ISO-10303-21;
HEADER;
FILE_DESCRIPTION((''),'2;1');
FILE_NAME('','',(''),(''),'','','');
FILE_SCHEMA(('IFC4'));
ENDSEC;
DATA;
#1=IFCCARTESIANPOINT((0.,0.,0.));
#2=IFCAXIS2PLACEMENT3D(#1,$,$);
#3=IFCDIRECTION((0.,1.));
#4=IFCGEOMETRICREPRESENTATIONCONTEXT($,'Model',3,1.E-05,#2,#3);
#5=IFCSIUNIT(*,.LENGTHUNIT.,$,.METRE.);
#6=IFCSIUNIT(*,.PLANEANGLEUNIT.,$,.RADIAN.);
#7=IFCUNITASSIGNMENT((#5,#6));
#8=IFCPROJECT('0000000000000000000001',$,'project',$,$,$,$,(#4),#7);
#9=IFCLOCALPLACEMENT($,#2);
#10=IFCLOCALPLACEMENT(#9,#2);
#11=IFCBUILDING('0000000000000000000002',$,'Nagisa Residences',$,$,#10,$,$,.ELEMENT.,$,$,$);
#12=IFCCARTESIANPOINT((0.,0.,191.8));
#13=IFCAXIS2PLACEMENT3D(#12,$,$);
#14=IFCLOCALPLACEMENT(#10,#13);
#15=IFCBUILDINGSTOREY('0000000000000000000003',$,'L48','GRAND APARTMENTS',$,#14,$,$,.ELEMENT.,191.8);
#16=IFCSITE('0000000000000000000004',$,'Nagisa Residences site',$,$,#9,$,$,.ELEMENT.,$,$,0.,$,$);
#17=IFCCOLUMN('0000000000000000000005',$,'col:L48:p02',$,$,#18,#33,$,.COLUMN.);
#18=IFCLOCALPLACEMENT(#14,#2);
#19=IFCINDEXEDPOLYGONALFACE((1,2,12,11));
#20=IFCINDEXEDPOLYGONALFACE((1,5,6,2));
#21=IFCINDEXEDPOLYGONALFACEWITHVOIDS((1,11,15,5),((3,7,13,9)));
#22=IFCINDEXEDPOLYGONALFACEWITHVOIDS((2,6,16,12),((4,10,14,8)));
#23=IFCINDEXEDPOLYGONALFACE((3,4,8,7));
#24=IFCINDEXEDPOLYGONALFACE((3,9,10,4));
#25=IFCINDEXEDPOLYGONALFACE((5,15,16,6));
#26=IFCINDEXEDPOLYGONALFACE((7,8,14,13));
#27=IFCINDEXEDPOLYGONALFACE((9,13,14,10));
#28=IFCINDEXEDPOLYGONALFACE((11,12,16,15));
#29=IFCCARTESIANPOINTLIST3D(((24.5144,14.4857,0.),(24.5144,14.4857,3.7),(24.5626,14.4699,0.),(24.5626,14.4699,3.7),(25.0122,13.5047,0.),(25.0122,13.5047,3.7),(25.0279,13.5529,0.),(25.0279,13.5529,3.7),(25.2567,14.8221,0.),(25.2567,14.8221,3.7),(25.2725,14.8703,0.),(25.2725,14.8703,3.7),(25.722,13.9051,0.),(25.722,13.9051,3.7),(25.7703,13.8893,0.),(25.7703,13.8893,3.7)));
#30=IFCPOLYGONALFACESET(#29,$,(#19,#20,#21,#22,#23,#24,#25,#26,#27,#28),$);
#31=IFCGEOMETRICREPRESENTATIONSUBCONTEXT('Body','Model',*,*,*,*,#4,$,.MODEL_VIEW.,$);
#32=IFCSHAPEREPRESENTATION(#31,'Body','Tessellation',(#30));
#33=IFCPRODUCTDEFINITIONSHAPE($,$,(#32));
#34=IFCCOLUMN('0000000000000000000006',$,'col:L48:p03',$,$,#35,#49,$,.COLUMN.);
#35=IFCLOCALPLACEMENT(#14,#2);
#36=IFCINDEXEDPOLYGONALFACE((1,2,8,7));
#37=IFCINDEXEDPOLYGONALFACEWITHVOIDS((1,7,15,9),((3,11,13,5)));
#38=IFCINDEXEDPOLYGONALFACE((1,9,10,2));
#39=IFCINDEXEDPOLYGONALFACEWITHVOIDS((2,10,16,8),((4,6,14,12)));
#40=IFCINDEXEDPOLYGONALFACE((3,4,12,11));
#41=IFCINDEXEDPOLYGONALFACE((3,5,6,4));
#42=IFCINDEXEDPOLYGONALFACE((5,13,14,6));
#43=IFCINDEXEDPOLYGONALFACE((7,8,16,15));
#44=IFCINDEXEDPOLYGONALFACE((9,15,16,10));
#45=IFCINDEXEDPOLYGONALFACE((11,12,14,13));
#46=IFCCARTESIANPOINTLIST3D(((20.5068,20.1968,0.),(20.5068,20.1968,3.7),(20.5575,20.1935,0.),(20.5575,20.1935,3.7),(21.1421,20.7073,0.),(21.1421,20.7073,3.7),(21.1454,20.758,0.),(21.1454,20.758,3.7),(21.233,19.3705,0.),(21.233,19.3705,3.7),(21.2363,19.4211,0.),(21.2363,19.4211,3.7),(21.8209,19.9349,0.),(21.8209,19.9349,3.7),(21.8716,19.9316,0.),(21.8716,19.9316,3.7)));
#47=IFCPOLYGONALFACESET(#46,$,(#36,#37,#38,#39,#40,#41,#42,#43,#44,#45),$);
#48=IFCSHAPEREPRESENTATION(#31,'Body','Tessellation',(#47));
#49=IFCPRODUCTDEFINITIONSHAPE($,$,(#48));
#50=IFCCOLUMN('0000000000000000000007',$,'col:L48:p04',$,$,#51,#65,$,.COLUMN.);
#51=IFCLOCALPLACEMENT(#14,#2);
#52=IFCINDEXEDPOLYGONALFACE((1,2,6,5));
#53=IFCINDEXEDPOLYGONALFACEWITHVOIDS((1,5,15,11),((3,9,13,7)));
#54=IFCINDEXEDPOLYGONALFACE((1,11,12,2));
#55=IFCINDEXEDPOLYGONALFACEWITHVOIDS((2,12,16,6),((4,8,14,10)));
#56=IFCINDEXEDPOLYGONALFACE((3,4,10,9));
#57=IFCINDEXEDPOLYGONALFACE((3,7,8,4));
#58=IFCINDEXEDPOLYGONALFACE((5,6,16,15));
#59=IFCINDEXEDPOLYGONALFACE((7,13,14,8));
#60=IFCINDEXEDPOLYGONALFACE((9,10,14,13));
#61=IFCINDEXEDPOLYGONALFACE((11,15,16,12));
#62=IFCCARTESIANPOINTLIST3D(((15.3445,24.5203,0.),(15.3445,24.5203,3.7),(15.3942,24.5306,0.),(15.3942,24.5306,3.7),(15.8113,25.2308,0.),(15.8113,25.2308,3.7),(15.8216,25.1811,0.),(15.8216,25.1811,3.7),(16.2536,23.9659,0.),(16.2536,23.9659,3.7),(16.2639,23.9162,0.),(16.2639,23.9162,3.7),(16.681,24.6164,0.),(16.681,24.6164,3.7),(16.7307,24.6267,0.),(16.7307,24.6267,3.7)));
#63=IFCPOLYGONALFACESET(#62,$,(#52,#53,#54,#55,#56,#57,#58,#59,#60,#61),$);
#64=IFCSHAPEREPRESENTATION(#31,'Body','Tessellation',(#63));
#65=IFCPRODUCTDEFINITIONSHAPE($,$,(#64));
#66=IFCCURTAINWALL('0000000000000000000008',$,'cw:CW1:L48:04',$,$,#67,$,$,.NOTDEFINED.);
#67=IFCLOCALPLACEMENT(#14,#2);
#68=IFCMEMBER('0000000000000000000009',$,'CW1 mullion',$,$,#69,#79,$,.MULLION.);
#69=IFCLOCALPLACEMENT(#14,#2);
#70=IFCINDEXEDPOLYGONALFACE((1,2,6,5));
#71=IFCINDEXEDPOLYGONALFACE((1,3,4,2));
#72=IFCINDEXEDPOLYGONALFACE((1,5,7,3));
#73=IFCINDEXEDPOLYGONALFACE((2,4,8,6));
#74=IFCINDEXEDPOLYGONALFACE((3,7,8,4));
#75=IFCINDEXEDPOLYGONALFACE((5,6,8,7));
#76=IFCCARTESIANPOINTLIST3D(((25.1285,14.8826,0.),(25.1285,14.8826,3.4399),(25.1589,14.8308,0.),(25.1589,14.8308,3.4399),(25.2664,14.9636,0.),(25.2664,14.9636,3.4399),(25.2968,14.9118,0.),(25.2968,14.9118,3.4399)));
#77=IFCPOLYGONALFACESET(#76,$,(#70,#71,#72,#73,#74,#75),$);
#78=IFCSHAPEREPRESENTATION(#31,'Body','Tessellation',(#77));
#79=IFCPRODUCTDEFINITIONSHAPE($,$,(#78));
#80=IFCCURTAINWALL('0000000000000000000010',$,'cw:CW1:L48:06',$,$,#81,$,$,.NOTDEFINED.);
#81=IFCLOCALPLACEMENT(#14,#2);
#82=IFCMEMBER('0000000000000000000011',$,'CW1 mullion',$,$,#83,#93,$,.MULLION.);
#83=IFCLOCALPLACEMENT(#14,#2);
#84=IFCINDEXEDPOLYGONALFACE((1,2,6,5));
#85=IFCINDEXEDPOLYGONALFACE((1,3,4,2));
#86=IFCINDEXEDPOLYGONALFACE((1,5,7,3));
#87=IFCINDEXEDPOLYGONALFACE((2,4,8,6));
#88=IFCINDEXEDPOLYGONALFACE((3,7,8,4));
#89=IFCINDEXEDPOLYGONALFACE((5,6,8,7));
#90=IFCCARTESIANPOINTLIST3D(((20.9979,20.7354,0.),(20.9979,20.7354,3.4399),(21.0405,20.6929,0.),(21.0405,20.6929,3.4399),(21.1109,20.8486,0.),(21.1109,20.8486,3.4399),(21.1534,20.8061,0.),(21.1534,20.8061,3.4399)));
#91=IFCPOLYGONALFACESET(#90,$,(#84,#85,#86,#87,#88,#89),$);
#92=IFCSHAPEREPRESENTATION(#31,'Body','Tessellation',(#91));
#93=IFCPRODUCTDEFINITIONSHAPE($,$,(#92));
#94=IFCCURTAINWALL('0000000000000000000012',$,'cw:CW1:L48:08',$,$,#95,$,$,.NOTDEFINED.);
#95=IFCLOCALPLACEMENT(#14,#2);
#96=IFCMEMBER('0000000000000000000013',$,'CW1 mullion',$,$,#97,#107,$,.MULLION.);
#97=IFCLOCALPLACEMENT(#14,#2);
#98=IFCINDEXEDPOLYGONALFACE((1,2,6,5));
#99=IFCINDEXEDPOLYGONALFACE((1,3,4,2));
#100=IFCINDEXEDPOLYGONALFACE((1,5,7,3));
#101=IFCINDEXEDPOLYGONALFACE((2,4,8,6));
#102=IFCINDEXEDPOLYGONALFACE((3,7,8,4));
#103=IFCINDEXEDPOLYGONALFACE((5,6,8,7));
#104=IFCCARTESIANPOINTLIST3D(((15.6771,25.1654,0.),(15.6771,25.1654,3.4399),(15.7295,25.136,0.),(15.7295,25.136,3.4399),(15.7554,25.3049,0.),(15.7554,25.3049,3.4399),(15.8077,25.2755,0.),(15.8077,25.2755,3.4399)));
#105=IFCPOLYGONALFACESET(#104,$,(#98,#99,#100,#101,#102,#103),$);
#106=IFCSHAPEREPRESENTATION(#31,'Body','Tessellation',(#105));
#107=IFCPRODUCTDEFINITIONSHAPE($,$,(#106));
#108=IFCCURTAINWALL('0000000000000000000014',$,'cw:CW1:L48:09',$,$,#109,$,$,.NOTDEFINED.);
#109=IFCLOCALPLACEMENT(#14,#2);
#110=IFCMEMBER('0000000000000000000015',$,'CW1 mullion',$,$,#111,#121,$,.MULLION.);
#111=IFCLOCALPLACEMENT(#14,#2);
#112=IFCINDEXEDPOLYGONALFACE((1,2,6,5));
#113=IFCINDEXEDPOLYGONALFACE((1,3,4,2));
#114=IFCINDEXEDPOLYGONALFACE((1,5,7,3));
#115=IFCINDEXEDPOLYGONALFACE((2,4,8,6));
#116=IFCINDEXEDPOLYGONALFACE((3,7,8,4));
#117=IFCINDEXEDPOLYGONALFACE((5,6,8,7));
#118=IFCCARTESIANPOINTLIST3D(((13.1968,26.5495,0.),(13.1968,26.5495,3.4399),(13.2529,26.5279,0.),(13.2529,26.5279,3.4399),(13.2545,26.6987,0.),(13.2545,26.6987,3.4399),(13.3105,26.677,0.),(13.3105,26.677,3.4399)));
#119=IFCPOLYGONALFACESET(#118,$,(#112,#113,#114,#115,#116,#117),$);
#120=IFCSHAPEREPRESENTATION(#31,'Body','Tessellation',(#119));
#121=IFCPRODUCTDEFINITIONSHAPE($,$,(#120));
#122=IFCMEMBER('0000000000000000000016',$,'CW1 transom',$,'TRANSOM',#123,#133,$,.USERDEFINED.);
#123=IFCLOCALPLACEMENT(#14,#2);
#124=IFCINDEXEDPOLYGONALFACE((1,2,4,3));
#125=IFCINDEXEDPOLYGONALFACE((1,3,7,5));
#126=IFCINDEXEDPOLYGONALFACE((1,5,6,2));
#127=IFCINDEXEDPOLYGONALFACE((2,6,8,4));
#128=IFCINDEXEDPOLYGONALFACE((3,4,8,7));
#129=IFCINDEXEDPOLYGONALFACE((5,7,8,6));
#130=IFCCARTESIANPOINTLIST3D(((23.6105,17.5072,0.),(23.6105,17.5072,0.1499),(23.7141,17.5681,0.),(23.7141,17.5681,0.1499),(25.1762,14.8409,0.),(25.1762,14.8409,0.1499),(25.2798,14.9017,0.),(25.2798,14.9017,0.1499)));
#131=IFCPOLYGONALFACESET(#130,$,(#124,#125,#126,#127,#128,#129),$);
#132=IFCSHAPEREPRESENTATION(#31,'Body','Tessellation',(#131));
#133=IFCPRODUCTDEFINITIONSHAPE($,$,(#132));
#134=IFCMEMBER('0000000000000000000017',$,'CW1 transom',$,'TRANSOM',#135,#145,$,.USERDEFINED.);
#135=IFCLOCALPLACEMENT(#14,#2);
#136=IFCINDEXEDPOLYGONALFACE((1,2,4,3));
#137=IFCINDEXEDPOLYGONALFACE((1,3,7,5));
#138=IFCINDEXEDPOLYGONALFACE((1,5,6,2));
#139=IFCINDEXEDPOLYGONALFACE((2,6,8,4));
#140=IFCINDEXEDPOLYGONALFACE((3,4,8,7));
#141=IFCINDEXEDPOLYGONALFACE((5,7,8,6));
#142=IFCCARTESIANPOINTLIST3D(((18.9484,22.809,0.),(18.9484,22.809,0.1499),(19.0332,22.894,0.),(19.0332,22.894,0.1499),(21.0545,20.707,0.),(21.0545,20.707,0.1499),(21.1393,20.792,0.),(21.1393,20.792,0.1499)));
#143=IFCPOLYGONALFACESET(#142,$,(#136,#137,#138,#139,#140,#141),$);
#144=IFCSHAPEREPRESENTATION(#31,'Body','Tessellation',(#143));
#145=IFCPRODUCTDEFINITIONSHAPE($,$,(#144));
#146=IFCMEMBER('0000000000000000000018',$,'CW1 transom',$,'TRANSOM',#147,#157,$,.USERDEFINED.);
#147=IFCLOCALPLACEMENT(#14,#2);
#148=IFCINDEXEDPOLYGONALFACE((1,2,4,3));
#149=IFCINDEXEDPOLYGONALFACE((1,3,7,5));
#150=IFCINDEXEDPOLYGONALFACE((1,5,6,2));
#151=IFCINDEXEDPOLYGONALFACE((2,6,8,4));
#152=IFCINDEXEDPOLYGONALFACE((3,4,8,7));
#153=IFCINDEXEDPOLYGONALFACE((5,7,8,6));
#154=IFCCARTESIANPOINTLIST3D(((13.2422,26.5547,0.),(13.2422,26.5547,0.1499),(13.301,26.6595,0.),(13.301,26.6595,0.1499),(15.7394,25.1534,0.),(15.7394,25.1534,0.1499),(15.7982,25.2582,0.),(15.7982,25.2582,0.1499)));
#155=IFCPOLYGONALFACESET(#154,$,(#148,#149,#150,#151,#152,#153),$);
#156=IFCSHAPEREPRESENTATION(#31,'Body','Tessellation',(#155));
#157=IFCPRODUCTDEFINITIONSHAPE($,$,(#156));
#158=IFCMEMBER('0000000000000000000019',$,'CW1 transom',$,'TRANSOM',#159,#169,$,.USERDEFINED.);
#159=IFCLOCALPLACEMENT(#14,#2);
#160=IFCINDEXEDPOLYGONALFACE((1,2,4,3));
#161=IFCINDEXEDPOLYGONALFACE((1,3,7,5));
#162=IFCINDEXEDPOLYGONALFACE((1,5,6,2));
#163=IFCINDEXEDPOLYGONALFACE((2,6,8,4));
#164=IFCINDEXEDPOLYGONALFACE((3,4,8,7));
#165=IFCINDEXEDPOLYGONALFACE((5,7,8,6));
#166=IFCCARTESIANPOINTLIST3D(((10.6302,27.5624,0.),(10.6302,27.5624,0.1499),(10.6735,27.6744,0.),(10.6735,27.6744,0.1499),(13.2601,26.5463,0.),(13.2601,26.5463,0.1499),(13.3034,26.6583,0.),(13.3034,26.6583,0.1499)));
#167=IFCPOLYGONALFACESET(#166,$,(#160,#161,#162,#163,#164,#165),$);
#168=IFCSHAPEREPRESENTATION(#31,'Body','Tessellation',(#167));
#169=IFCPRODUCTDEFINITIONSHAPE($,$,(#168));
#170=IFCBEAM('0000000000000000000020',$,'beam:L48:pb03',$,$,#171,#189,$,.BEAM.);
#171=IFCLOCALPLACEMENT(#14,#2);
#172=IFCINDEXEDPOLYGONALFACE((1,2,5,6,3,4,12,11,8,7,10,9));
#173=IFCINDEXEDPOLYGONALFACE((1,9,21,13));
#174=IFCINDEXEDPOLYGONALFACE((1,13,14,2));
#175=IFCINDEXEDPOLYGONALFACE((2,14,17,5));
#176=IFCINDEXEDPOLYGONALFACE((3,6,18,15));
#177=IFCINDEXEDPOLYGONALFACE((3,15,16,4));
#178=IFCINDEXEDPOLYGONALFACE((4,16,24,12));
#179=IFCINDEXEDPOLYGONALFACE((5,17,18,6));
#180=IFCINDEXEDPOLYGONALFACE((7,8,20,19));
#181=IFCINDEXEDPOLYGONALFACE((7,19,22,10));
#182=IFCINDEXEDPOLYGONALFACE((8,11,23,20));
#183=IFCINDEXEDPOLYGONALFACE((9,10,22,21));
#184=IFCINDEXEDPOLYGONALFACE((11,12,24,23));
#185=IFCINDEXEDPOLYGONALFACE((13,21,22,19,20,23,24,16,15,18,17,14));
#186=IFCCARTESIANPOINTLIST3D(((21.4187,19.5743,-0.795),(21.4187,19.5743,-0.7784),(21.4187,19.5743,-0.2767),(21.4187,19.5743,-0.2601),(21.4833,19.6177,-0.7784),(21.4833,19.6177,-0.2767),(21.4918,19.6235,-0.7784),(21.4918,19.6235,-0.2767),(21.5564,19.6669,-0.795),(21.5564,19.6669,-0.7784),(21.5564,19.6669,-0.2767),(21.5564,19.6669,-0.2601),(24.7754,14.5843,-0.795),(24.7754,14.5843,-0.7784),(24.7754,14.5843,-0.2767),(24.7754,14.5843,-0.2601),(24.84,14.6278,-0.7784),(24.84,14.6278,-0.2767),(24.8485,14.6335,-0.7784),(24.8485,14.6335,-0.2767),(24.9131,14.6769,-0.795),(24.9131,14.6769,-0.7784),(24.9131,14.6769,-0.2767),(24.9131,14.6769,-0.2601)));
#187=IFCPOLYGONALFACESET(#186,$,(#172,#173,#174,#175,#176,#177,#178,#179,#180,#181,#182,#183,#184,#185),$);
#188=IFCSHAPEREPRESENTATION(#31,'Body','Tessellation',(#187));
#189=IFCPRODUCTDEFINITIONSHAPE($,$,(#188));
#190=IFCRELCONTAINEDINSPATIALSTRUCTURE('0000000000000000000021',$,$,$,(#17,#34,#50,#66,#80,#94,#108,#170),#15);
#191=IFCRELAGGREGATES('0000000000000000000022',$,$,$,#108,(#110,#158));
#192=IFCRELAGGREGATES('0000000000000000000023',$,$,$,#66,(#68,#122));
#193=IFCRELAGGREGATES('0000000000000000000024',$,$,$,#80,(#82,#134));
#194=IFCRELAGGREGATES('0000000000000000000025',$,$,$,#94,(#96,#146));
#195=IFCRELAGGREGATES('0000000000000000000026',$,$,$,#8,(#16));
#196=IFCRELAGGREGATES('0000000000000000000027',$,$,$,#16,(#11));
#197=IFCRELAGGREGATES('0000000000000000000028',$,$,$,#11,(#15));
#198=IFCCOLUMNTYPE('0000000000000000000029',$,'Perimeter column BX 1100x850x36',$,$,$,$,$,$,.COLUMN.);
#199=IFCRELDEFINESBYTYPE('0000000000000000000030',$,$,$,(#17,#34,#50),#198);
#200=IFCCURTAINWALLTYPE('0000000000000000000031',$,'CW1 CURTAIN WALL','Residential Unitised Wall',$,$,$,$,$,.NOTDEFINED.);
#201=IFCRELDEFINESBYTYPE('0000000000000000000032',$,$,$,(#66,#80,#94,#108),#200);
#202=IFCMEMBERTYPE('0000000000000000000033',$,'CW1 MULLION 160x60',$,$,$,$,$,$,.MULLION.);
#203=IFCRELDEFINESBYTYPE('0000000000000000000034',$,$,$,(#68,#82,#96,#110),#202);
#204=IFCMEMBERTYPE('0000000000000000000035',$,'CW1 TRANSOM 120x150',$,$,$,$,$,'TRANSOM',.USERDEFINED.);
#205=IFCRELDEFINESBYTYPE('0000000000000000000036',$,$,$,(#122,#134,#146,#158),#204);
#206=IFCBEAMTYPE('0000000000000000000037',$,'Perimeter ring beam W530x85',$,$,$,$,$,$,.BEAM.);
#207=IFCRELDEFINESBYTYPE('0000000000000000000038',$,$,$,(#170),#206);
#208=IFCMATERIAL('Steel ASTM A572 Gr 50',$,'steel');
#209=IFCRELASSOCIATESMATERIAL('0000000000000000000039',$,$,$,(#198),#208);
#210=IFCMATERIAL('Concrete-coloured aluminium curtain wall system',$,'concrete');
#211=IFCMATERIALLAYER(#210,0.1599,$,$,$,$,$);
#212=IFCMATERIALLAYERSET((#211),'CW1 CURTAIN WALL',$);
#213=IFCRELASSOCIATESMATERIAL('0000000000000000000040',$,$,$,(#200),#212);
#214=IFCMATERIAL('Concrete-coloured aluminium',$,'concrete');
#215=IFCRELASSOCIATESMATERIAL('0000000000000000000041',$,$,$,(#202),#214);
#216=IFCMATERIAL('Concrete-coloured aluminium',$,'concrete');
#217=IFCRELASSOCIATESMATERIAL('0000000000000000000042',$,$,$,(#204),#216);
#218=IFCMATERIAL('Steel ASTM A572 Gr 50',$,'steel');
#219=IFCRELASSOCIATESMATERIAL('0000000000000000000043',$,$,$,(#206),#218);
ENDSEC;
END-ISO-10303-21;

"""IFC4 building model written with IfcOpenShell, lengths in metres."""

from ifc_helpers import new_model, si_unit, direction, frame, origin, origin_2d, place, context, subcontext, project, spatial, rectangle, hollow_rectangle, i_section, extrude, material, layer, layer_set, material_profile, profile_set, type_object, element, aggregate, save


model = new_model("IFC4")

# Units and contexts
model_context = context("Model", 3, precision=1e-05, world=origin(), true_north=direction((0.0, 1.0)))
body_context = subcontext(model_context, "Body", "Model", "MODEL_VIEW")
ifc_project = project(units=[si_unit("LENGTHUNIT", "METRE"), si_unit("PLANEANGLEUNIT", "RADIAN")], contexts=[model_context])

# Site, building, storey
site_placement = place(None, origin())
site = spatial("IfcSite", under=ifc_project, at=site_placement, Name="Nagisa Residences site", CompositionType="ELEMENT", RefElevation=0.0)
building_placement = place(site_placement, origin())
building = spatial("IfcBuilding", under=site, at=building_placement, Name="Nagisa Residences", CompositionType="ELEMENT")
storey_placement = place(building_placement, frame((0.0, 0.0, 191.8)))
storey = spatial("IfcBuildingStorey", under=building, at=storey_placement, Name="L48", Description="GRAND APARTMENTS", CompositionType="ELEMENT", Elevation=191.8)

# Columns
ifc_material_1 = material(Name="Steel ASTM A572 Gr 50", Category="steel")
ifc_material_profile_1 = material_profile(ifc_material_1, hollow_rectangle(XDim=1.1001, YDim=0.8501, WallThickness=0.0359, at=origin_2d()), Name="BX 1100x850x36")
ifc_profile_set_1 = profile_set([ifc_material_profile_1], Name="Steel ASTM A572 Gr 50")
column_type = type_object("IfcColumnType", Name="Perimeter column BX 1100x850x36", PredefinedType="COLUMN", material=ifc_profile_set_1)
for number, where, z_axis, x_axis, name in (
    (1, (25.1423, 14.1875, 0.0), (0.0, 0.0, 1.0), (-0.452463, 0.891783, 0.0), "col:L48:p02"),
    (2, (21.1892, 20.0642, 0.0), (0.0, 0.0, 1.0), (-0.660115, 0.751165, 0.0), "col:L48:p03"),
    (3, (16.0376, 24.5735, 0.0), (0.0, 0.0, 1.0), (-0.835766, 0.549086, 0.0), "col:L48:p04"),
):
    element("IfcColumn", number, at=place(storey_placement, frame(where, z_axis=z_axis, x_axis=x_axis)), inside=storey, type_object=column_type, Name=name, PredefinedType="COLUMN", context=body_context, shape_type="SweptSolid", body=[
        extrude(hollow_rectangle(XDim=1.1001, YDim=0.8501, WallThickness=0.0359, at=origin_2d()), origin(), (0.0, 0.0, 1.0), 3.7),
    ])

# Curtain walls, members
ifc_material_2 = material(Name="Concrete-coloured aluminium curtain wall system", Category="concrete")
ifc_layer_1 = layer(ifc_material_2, 0.1599)
ifc_layer_set_1 = layer_set([ifc_layer_1], Name="CW1 CURTAIN WALL")
curtain_wall_type = type_object("IfcCurtainWallType", Name="CW1 CURTAIN WALL", Description="Residential Unitised Wall", PredefinedType="NOTDEFINED", material=ifc_layer_set_1)
curtain_wall_1_placement = place(storey_placement, origin())
curtain_wall_1 = element("IfcCurtainWall", 4, at=curtain_wall_1_placement, inside=storey, type_object=curtain_wall_type, Name="cw:CW1:L48:04", PredefinedType="NOTDEFINED")
ifc_material_3 = material(Name="Concrete-coloured aluminium", Category="concrete")
ifc_material_profile_2 = material_profile(ifc_material_3, rectangle(XDim=0.1599, YDim=0.0601, at=origin_2d()), Name="CW1 MULLION 160x60")
ifc_profile_set_2 = profile_set([ifc_material_profile_2], Name="Concrete-coloured aluminium")
member_type_1 = type_object("IfcMemberType", Name="CW1 MULLION 160x60", PredefinedType="MULLION", material=ifc_profile_set_2)
member_1_placement = place(storey_placement, frame((25.2126, 14.8972, 0.0), z_axis=(0.0, 0.0, 1.0), x_axis=(-0.862329, -0.506349, 0.0)))
member_1 = element("IfcMember", 5, at=member_1_placement, type_object=member_type_1, Name="CW1 mullion", PredefinedType="MULLION", context=body_context, shape_type="SweptSolid", body=[
    extrude(rectangle(XDim=0.1599, YDim=0.0601, at=origin_2d()), origin(), (0.0, 0.0, 1.0), 3.4399),
])
curtain_wall_2_placement = place(storey_placement, origin())
curtain_wall_2 = element("IfcCurtainWall", 6, at=curtain_wall_2_placement, inside=storey, type_object=curtain_wall_type, Name="cw:CW1:L48:06", PredefinedType="NOTDEFINED")
member_2_placement = place(storey_placement, frame((21.0757, 20.7708, 0.0), z_axis=(0.0, 0.0, 1.0), x_axis=(-0.706377, -0.707836, 0.0)))
member_2 = element("IfcMember", 7, at=member_2_placement, type_object=member_type_1, Name="CW1 mullion", PredefinedType="MULLION", context=body_context, shape_type="SweptSolid", body=[
    extrude(rectangle(XDim=0.1599, YDim=0.0601, at=origin_2d()), origin(), (0.0, 0.0, 1.0), 3.4399),
])
curtain_wall_3_placement = place(storey_placement, origin())
curtain_wall_3 = element("IfcCurtainWall", 8, at=curtain_wall_3_placement, inside=storey, type_object=curtain_wall_type, Name="cw:CW1:L48:08", PredefinedType="NOTDEFINED")
member_3_placement = place(storey_placement, frame((15.7424, 25.2205, 0.0), z_axis=(0.0, 0.0, 1.0), x_axis=(-0.489377, -0.872072, 0.0)))
member_3 = element("IfcMember", 9, at=member_3_placement, type_object=member_type_1, Name="CW1 mullion", PredefinedType="MULLION", context=body_context, shape_type="SweptSolid", body=[
    extrude(rectangle(XDim=0.1599, YDim=0.0601, at=origin_2d()), origin(), (0.0, 0.0, 1.0), 3.4399),
])
curtain_wall_4_placement = place(storey_placement, origin())
curtain_wall_4 = element("IfcCurtainWall", 10, at=curtain_wall_4_placement, inside=storey, type_object=curtain_wall_type, Name="cw:CW1:L48:09", PredefinedType="NOTDEFINED")
member_4_placement = place(storey_placement, frame((13.2537, 26.6133, 0.0), z_axis=(0.0, 0.0, 1.0), x_axis=(-0.360328, -0.932826, 0.0)))
member_4 = element("IfcMember", 11, at=member_4_placement, type_object=member_type_1, Name="CW1 mullion", PredefinedType="MULLION", context=body_context, shape_type="SweptSolid", body=[
    extrude(rectangle(XDim=0.1599, YDim=0.0601, at=origin_2d()), origin(), (0.0, 0.0, 1.0), 3.4399),
])

# Members
ifc_material_4 = material(Name="Concrete-coloured aluminium", Category="concrete")
ifc_material_profile_3 = material_profile(ifc_material_4, rectangle(XDim=0.1201, YDim=0.1499, at=origin_2d()), Name="CW1 TRANSOM 120x150")
ifc_profile_set_3 = profile_set([ifc_material_profile_3], Name="Concrete-coloured aluminium")
member_type_2 = type_object("IfcMemberType", Name="CW1 TRANSOM 120x150", ElementType="TRANSOM", PredefinedType="USERDEFINED", material=ifc_profile_set_3)
member_5_placement = place(storey_placement, frame((25.228, 14.8713, 0.075), z_axis=(-0.506368, 0.862318, 0.0), x_axis=(-0.862318, -0.506368, 0.0)))
member_5 = element("IfcMember", 12, at=member_5_placement, type_object=member_type_2, Name="CW1 transom", ObjectType="TRANSOM", PredefinedType="USERDEFINED", context=body_context, shape_type="SweptSolid", body=[
    extrude(rectangle(XDim=0.1201, YDim=0.1499, at=origin_2d()), origin(), (0.0, 0.0, 1.0), 3.092),
])
member_6_placement = place(storey_placement, frame((21.0969, 20.7495, 0.075), z_axis=(-0.707804, 0.706409, 0.0), x_axis=(-0.706409, -0.707804, 0.0)))
member_6 = element("IfcMember", 13, at=member_6_placement, type_object=member_type_2, Name="CW1 transom", ObjectType="TRANSOM", PredefinedType="USERDEFINED", context=body_context, shape_type="SweptSolid", body=[
    extrude(rectangle(XDim=0.1201, YDim=0.1499, at=origin_2d()), origin(), (0.0, 0.0, 1.0), 2.9756),
])
member_7_placement = place(storey_placement, frame((15.7688, 25.2058, 0.075), z_axis=(-0.872078, 0.489366, 0.0), x_axis=(-0.489366, -0.872078, 0.0)))
member_7 = element("IfcMember", 14, at=member_7_placement, type_object=member_type_2, Name="CW1 transom", ObjectType="TRANSOM", PredefinedType="USERDEFINED", context=body_context, shape_type="SweptSolid", body=[
    extrude(rectangle(XDim=0.1201, YDim=0.1499, at=origin_2d()), origin(), (0.0, 0.0, 1.0), 2.8635),
])
member_8_placement = place(storey_placement, frame((13.2817, 26.6023, 0.075), z_axis=(-0.932795, 0.360406, 0.0), x_axis=(-0.360406, -0.932795, 0.0)))
member_8 = element("IfcMember", 15, at=member_8_placement, type_object=member_type_2, Name="CW1 transom", ObjectType="TRANSOM", PredefinedType="USERDEFINED", context=body_context, shape_type="SweptSolid", body=[
    extrude(rectangle(XDim=0.1201, YDim=0.1499, at=origin_2d()), origin(), (0.0, 0.0, 1.0), 2.8193),
])
aggregate(curtain_wall_4, [member_4, member_8])

# Beam
ifc_material_5 = material(Name="Steel ASTM A572 Gr 50", Category="steel")
ifc_material_profile_4 = material_profile(ifc_material_5, i_section(OverallWidth=0.166, OverallDepth=0.5349, WebThickness=0.0103, FlangeThickness=0.0166, at=origin_2d()), Name="W530x85")
ifc_profile_set_4 = profile_set([ifc_material_profile_4], Name="Steel ASTM A572 Gr 50")
beam_type_1 = type_object("IfcBeamType", Name="Perimeter ring beam W530x85", PredefinedType="BEAM", material=ifc_profile_set_4)
beam_1_placement = place(storey_placement, frame((24.8442, 14.6306, -0.5276), z_axis=(-0.558152, 0.829739, 0.0), x_axis=(-0.829739, -0.558152, 0.0)))
element("IfcBeam", 16, at=beam_1_placement, inside=storey, type_object=beam_type_1, Name="beam:L48:pb03", PredefinedType="BEAM", context=body_context, shape_type="SweptSolid", body=[
    extrude(i_section(OverallWidth=0.166, OverallDepth=0.5349, WebThickness=0.0103, FlangeThickness=0.0166, at=origin_2d()), origin(), (0.0, 0.0, 1.0), 6.0139),
])

aggregate(curtain_wall_1, [member_1, member_5])
aggregate(curtain_wall_2, [member_2, member_6])
aggregate(curtain_wall_3, [member_3, member_7])

save(model, "model.ifc")
